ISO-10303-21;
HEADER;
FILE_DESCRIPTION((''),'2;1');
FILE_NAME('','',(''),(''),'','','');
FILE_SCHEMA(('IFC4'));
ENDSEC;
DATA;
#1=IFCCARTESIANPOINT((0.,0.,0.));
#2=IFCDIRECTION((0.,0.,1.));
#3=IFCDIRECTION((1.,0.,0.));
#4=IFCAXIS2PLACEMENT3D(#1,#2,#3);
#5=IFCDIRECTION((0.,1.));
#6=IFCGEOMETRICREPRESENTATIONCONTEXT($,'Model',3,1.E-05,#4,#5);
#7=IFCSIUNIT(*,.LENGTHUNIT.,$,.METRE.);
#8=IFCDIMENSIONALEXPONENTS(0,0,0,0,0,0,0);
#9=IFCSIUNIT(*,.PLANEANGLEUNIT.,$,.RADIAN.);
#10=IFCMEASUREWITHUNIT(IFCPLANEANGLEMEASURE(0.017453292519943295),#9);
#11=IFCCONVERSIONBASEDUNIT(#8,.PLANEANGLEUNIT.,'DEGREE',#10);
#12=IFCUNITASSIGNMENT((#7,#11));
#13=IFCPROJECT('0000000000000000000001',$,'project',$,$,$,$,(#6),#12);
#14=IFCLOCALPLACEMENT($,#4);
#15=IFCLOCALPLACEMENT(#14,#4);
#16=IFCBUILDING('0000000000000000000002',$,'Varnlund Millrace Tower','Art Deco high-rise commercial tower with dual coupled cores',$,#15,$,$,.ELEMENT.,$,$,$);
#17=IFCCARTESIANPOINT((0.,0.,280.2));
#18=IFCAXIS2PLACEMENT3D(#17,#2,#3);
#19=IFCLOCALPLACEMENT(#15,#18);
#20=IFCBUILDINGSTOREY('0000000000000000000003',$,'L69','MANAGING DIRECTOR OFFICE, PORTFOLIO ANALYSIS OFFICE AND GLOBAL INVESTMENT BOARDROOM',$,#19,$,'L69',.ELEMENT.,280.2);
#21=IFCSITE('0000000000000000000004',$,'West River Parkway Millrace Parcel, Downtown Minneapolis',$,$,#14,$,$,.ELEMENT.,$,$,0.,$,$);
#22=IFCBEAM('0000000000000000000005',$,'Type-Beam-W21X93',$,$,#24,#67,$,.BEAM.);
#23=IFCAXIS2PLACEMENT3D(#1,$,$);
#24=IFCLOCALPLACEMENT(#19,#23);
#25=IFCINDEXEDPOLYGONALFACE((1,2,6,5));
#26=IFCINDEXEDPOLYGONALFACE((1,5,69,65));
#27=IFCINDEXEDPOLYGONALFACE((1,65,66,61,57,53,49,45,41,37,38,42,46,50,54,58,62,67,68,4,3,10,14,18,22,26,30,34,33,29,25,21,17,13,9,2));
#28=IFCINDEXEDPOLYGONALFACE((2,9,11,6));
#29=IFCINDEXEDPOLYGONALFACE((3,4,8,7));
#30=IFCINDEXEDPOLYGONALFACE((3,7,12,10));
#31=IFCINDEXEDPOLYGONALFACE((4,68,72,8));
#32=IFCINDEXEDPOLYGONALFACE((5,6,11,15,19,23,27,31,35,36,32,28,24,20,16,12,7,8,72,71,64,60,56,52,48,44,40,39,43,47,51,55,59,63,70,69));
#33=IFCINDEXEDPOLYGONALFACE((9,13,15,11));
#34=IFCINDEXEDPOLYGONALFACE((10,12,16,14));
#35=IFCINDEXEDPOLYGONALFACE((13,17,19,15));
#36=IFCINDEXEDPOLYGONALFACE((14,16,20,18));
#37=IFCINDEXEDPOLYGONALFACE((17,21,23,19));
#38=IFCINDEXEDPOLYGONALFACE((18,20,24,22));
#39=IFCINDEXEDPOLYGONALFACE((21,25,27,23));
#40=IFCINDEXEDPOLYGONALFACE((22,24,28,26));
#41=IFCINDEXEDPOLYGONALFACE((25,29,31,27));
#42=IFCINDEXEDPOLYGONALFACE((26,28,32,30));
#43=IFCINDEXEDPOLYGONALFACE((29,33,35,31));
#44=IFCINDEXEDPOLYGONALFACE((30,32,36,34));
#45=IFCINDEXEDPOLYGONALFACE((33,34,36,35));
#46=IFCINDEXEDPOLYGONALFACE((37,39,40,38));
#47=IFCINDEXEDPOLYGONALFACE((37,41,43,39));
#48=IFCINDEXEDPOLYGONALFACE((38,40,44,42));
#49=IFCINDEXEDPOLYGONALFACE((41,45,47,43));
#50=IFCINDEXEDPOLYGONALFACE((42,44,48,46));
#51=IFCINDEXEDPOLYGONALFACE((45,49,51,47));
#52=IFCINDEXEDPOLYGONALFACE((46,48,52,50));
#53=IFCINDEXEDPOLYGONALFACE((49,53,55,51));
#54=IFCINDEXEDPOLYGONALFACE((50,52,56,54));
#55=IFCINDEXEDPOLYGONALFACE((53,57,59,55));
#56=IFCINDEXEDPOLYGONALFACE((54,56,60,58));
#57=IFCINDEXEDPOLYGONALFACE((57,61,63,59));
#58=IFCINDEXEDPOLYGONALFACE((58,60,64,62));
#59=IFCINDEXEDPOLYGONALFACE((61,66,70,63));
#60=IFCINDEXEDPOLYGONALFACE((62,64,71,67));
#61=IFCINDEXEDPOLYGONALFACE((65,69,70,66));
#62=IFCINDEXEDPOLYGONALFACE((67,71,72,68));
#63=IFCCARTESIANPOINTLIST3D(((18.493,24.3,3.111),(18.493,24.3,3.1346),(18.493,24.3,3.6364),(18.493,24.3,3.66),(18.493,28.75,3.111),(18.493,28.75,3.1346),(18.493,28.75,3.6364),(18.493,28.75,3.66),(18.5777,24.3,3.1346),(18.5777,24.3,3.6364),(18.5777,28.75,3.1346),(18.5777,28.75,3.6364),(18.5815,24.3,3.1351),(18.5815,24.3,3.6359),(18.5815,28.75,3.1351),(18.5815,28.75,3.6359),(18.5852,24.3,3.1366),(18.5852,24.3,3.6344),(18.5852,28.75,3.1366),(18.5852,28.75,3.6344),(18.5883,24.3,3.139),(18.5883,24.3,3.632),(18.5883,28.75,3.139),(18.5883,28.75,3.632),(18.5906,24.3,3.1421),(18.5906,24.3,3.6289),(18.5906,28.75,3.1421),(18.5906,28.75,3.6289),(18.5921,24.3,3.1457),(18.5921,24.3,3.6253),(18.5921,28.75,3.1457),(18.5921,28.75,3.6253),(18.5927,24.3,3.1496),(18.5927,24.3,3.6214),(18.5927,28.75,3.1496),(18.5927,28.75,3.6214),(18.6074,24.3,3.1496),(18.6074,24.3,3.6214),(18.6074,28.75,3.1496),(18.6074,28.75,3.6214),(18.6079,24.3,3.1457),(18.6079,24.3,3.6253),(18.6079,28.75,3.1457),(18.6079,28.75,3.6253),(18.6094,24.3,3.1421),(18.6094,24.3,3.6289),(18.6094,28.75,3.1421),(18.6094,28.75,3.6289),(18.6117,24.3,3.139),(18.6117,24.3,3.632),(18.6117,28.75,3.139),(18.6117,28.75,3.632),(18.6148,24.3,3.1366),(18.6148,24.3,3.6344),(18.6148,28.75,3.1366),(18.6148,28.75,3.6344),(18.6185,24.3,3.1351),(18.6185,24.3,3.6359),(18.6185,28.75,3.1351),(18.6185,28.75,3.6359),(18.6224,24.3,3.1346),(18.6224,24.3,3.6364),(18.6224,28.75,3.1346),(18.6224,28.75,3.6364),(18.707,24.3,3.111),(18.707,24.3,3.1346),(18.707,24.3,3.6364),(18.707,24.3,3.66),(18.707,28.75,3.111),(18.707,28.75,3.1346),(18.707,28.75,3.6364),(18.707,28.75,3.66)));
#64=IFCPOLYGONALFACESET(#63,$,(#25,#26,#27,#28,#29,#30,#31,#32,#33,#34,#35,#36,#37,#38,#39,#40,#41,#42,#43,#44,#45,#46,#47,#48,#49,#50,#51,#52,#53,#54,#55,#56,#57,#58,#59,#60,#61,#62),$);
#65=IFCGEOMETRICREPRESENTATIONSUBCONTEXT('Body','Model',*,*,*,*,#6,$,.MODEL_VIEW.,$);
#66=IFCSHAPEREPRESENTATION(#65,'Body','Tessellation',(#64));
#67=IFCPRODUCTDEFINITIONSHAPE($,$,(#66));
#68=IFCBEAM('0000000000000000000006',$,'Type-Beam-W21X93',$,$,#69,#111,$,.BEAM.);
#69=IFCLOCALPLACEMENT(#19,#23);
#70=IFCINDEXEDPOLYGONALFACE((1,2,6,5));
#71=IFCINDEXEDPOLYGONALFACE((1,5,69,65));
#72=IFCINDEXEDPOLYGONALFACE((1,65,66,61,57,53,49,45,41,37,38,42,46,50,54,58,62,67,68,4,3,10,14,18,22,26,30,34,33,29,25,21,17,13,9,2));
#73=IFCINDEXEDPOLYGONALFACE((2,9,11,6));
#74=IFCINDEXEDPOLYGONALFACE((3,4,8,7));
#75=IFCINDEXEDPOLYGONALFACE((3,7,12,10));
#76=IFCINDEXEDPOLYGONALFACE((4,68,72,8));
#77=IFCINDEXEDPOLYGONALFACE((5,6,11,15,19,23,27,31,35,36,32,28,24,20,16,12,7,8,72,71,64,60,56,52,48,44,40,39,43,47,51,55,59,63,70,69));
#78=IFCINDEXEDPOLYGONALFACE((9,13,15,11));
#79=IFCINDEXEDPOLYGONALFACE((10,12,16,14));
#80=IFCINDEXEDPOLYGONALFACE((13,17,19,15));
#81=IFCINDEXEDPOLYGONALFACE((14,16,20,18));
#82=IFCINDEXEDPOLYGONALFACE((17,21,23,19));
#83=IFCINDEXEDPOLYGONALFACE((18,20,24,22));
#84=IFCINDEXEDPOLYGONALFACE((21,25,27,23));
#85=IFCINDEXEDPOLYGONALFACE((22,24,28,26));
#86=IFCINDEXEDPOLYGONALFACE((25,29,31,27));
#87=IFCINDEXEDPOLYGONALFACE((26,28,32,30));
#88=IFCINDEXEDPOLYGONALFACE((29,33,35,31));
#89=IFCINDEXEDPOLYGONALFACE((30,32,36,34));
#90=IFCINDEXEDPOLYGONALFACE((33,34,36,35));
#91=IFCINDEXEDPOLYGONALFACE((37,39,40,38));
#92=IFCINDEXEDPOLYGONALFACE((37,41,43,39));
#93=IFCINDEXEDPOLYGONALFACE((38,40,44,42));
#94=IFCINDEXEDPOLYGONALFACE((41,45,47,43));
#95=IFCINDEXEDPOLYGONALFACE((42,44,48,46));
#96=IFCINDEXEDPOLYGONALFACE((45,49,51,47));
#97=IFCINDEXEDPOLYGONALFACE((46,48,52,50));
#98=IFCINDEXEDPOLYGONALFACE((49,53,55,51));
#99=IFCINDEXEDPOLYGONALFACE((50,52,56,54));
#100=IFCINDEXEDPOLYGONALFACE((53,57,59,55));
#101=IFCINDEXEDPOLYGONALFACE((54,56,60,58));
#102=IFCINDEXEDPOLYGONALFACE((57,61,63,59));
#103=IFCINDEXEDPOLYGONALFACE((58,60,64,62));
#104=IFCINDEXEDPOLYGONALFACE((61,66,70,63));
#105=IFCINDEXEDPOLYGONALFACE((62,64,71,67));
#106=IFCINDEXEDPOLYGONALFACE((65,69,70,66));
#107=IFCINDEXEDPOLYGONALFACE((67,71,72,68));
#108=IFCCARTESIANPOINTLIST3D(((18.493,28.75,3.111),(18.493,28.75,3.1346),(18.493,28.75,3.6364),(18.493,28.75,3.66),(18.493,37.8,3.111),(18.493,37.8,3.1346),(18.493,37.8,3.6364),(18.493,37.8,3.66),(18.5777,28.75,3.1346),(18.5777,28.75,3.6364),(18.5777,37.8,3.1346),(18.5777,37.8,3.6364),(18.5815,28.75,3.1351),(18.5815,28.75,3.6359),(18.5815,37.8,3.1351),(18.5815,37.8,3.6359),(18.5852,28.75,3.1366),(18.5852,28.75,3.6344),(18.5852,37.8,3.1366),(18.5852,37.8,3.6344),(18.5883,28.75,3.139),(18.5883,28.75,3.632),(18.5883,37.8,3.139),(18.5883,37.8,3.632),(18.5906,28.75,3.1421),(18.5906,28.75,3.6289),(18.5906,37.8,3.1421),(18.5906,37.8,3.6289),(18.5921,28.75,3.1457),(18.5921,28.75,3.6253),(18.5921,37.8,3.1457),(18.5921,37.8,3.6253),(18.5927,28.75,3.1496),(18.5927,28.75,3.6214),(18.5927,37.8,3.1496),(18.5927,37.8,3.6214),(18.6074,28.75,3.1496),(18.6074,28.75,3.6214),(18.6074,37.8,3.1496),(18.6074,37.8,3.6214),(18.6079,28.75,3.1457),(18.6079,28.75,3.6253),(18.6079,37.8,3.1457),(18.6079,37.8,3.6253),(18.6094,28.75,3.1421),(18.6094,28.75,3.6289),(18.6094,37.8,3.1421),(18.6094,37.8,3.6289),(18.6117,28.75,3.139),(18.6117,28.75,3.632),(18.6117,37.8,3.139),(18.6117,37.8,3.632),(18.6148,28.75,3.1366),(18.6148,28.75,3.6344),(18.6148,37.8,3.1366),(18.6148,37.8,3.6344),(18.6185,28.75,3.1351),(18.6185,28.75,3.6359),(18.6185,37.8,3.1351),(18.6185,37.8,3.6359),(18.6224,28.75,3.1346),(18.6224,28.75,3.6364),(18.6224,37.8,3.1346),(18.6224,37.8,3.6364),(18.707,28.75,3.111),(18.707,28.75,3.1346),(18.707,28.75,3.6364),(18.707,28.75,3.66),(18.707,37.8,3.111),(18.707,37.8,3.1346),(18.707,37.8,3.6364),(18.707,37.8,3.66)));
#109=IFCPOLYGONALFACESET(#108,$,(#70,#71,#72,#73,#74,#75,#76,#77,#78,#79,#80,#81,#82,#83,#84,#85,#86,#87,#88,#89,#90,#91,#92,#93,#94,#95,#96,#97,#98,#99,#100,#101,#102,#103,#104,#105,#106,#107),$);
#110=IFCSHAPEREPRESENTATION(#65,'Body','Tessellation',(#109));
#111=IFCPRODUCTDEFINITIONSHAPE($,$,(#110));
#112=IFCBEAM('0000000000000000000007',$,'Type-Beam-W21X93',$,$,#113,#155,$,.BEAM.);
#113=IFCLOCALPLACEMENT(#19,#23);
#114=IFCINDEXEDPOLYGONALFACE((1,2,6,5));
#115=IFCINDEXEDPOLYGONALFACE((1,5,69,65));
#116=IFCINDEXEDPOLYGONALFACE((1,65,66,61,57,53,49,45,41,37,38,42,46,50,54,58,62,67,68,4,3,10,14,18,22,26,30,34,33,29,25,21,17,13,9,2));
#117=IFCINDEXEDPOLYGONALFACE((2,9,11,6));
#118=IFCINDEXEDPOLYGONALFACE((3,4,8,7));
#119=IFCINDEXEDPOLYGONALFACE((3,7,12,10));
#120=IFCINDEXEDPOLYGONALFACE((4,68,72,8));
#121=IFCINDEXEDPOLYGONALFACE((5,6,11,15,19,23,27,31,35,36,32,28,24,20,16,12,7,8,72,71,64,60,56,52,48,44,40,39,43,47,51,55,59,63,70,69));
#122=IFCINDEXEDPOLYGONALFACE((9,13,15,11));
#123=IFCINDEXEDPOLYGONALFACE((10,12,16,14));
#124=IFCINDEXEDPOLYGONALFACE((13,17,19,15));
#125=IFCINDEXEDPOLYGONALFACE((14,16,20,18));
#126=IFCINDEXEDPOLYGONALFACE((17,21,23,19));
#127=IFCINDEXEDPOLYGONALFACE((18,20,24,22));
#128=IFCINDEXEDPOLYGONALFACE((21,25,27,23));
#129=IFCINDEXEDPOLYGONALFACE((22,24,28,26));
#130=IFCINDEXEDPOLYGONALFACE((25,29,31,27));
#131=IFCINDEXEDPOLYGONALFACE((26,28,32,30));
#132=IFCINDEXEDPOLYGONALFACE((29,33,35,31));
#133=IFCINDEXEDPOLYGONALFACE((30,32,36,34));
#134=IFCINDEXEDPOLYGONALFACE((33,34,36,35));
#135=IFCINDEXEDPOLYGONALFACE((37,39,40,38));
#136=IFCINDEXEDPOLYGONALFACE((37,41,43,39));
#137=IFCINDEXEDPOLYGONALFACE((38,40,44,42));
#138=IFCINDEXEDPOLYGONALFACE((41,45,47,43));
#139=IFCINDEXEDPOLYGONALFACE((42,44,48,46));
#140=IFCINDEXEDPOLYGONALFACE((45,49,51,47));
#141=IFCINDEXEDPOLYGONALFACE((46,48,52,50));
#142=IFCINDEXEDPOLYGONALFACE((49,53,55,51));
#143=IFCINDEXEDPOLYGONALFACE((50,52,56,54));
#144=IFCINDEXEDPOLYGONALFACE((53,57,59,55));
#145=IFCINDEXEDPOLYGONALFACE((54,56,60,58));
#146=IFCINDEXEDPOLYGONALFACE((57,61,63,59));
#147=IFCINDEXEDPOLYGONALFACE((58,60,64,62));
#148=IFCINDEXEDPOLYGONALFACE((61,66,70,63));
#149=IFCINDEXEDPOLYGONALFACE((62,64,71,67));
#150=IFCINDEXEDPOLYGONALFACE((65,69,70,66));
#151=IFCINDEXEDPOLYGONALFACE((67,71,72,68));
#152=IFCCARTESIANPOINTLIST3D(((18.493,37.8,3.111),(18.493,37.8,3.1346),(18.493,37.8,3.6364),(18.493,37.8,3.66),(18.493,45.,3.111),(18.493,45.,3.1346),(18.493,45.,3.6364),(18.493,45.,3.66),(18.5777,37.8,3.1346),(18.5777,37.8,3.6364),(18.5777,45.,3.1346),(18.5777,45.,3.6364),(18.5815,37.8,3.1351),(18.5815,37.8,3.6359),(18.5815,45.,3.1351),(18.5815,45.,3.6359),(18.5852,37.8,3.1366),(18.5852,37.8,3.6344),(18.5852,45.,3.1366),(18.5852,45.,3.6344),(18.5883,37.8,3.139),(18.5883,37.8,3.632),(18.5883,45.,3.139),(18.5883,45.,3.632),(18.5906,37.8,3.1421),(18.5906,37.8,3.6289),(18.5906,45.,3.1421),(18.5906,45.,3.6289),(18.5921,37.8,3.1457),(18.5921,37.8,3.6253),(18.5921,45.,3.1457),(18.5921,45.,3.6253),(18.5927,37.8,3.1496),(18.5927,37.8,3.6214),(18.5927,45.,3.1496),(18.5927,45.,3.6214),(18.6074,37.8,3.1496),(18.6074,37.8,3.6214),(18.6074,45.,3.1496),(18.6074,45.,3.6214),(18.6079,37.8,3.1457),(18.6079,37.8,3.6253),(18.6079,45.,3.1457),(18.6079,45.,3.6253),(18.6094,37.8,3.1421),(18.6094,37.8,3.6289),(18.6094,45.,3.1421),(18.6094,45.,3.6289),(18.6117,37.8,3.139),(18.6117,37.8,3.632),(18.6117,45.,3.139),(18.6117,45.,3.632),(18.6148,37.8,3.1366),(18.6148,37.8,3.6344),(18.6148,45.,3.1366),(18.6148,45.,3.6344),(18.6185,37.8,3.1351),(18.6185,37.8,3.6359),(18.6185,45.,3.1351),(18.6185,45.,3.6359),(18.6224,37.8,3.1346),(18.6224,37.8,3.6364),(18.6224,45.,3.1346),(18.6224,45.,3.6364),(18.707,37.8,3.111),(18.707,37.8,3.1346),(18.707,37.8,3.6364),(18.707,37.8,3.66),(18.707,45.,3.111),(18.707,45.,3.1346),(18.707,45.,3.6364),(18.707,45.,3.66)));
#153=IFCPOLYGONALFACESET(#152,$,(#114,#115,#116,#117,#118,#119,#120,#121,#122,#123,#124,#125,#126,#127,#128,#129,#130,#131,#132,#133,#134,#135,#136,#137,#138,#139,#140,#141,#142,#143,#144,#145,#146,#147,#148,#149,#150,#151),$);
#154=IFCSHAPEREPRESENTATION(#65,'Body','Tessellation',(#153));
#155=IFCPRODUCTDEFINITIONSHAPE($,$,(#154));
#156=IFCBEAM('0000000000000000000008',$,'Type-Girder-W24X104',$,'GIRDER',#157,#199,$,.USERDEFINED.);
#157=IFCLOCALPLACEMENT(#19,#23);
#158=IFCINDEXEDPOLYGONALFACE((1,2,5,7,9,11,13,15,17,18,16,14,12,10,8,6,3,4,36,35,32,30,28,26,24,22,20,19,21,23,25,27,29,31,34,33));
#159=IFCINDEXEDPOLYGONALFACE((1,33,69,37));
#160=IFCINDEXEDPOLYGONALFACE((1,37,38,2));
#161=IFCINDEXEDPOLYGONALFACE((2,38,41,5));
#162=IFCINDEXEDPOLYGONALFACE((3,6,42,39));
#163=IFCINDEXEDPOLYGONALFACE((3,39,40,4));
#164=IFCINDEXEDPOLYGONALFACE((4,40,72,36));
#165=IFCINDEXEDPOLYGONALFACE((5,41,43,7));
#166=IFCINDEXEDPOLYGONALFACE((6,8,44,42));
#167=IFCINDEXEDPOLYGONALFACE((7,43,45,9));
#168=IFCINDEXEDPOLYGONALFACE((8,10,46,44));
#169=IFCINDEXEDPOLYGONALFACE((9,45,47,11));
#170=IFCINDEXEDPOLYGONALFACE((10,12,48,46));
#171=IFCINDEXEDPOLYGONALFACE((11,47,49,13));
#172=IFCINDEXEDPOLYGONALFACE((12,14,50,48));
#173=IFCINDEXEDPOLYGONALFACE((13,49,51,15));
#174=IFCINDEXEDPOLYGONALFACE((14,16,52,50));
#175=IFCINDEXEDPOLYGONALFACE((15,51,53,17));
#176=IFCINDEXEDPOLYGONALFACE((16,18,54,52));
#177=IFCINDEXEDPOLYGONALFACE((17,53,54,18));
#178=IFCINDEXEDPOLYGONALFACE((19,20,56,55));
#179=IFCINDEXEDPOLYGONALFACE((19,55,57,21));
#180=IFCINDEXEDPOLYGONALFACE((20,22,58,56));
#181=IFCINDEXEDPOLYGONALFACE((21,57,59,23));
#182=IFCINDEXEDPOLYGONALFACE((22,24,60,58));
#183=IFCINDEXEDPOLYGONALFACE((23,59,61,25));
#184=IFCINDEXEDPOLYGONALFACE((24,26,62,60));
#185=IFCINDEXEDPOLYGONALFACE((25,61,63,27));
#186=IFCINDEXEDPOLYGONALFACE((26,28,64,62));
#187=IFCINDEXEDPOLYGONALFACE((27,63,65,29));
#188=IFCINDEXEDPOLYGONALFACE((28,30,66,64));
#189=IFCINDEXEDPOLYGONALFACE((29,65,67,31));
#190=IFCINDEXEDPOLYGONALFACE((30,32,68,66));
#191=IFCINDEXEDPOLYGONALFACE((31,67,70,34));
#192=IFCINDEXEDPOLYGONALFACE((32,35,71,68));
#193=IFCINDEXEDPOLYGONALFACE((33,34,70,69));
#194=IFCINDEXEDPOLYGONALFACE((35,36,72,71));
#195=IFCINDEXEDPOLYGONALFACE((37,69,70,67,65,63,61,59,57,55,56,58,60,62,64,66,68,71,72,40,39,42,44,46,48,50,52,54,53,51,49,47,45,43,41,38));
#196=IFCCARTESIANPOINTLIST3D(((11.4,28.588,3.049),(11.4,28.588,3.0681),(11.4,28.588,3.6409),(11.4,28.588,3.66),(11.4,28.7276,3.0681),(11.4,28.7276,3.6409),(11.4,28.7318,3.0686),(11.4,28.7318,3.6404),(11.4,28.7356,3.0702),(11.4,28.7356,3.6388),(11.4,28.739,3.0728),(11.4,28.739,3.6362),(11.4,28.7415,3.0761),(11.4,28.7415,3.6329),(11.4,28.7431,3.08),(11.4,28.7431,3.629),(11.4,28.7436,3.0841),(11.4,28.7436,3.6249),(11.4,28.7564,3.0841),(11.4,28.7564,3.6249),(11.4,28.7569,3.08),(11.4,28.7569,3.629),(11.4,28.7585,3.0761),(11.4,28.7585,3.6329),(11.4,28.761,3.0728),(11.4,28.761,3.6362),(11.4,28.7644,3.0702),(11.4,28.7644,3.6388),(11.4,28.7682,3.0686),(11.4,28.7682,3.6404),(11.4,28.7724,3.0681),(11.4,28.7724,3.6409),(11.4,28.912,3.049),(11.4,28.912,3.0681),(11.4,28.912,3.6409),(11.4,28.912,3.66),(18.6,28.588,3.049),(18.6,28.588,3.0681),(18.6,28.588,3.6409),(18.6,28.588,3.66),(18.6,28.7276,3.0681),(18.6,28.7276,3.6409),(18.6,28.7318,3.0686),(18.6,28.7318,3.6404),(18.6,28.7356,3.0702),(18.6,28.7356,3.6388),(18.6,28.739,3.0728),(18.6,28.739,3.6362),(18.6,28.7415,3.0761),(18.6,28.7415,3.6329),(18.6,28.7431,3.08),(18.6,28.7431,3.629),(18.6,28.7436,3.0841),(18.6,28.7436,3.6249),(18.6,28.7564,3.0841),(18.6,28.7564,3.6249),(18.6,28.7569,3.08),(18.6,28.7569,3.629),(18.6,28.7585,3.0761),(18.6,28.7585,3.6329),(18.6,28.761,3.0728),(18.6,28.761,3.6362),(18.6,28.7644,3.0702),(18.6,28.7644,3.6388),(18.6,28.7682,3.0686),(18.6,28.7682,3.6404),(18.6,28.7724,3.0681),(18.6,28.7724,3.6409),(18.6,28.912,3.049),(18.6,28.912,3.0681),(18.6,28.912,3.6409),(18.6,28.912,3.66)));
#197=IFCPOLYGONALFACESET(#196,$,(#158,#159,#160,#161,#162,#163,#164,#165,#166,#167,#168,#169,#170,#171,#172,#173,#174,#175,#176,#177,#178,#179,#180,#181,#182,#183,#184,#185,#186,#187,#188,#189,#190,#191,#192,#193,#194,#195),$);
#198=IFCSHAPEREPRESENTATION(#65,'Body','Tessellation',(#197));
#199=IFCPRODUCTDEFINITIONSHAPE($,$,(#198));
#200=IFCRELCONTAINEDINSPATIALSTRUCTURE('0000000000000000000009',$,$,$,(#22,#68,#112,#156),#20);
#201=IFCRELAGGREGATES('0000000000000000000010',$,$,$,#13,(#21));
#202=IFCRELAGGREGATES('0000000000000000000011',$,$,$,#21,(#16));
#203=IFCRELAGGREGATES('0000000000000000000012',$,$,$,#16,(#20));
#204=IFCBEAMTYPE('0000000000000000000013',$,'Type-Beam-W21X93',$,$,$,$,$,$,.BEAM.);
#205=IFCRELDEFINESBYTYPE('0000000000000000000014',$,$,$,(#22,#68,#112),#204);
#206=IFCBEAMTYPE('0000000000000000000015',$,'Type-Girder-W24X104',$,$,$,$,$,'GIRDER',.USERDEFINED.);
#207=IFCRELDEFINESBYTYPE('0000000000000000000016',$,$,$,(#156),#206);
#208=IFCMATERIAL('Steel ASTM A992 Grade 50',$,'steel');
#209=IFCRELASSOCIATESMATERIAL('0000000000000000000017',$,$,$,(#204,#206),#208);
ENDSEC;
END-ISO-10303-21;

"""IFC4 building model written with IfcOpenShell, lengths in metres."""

from ifc_helpers import new_model, entity, si_unit, converted_unit, direction, frame, origin_with_axes, origin_2d_with_axis, place, context, subcontext, project, spatial, i_section, extrude, material, material_profile, profile_set, type_object, element, save


model = new_model("IFC4")

# Units and contexts
model_context = context("Model", 3, precision=1e-05, world=origin_with_axes(), true_north=direction((0.0, 1.0)))
body_context = subcontext(model_context, "Body", "Model", "MODEL_VIEW")
ifc_project = project(units=[si_unit("LENGTHUNIT", "METRE"), converted_unit("PLANEANGLEUNIT", "DEGREE", entity("IfcPlaneAngleMeasure", 0.017453292519943295), si_unit("PLANEANGLEUNIT", "RADIAN"), dimensions=[0, 0, 0, 0, 0, 0, 0])], contexts=[model_context])

# Site, building, storey
site_placement = place(None, origin_with_axes())
site = spatial("IfcSite", under=ifc_project, at=site_placement, Name="West River Parkway Millrace Parcel, Downtown Minneapolis", CompositionType="ELEMENT", RefElevation=0.0)
building_placement = place(site_placement, origin_with_axes())
building = spatial("IfcBuilding", under=site, at=building_placement, Name="Varnlund Millrace Tower", Description="Art Deco high-rise commercial tower with dual coupled cores", CompositionType="ELEMENT")
storey_placement = place(building_placement, frame((0.0, 0.0, 280.2), z_axis=(0.0, 0.0, 1.0), x_axis=(1.0, 0.0, 0.0)))
storey = spatial("IfcBuildingStorey", under=building, at=storey_placement, Name="L69", Description="MANAGING DIRECTOR OFFICE, PORTFOLIO ANALYSIS OFFICE AND GLOBAL INVESTMENT BOARDROOM", LongName="L69", CompositionType="ELEMENT", Elevation=280.2)

# Beams
ifc_material_1 = material(Name="Steel ASTM A992 Grade 50", Category="steel")
ifc_material_profile_1 = material_profile(ifc_material_1, i_section(OverallWidth=0.214, OverallDepth=0.549, WebThickness=0.0147, FlangeThickness=0.0236, FilletRadius=0.015, at=origin_2d_with_axis()), Name="Steel ASTM A992 Grade 50")
ifc_profile_set_1 = profile_set([ifc_material_profile_1], Name="Steel ASTM A992 Grade 50")
beam_type_1 = type_object("IfcBeamType", Name="Type-Beam-W21X93", PredefinedType="BEAM", material=ifc_profile_set_1)
beam_1_placement = place(storey_placement, frame((18.6, 24.3, 3.3855), z_axis=(0.0, 1.0, 0.0), x_axis=(-1.0, 0.0, 0.0)))
element("IfcBeam", 1, at=beam_1_placement, inside=storey, type_object=beam_type_1, Name="Type-Beam-W21X93", PredefinedType="BEAM", context=body_context, shape_type="SweptSolid", body=[
    extrude(i_section(OverallWidth=0.214, OverallDepth=0.549, WebThickness=0.0147, FlangeThickness=0.0236, FilletRadius=0.015, at=origin_2d_with_axis()), origin_with_axes(), (0.0, 0.0, 1.0), 4.45),
])
beam_2_placement = place(storey_placement, frame((18.6, 28.75, 3.3855), z_axis=(0.0, 1.0, 0.0), x_axis=(-1.0, 0.0, 0.0)))
element("IfcBeam", 2, at=beam_2_placement, inside=storey, type_object=beam_type_1, Name="Type-Beam-W21X93", PredefinedType="BEAM", context=body_context, shape_type="SweptSolid", body=[
    extrude(i_section(OverallWidth=0.214, OverallDepth=0.549, WebThickness=0.0147, FlangeThickness=0.0236, FilletRadius=0.015, at=origin_2d_with_axis()), origin_with_axes(), (0.0, 0.0, 1.0), 9.05),
])
beam_3_placement = place(storey_placement, frame((18.6, 37.8, 3.3855), z_axis=(0.0, 1.0, 0.0), x_axis=(-1.0, 0.0, 0.0)))
element("IfcBeam", 3, at=beam_3_placement, inside=storey, type_object=beam_type_1, Name="Type-Beam-W21X93", PredefinedType="BEAM", context=body_context, shape_type="SweptSolid", body=[
    extrude(i_section(OverallWidth=0.214, OverallDepth=0.549, WebThickness=0.0147, FlangeThickness=0.0236, FilletRadius=0.015, at=origin_2d_with_axis()), origin_with_axes(), (0.0, 0.0, 1.0), 7.2),
])
ifc_material_profile_2 = material_profile(ifc_material_1, i_section(OverallWidth=0.324, OverallDepth=0.611, WebThickness=0.0127, FlangeThickness=0.0191, FilletRadius=0.016, at=origin_2d_with_axis()), Name="Steel ASTM A992 Grade 50")
ifc_profile_set_2 = profile_set([ifc_material_profile_2], Name="Steel ASTM A992 Grade 50")
beam_type_2 = type_object("IfcBeamType", Name="Type-Girder-W24X104", ElementType="GIRDER", PredefinedType="USERDEFINED", material=ifc_profile_set_2)
for number, where, z_axis, x_axis, name in (
    (4, (11.4, 28.75, 3.3545), (1.0, 0.0, 0.0), (0.0, 1.0, 0.0), "Type-Girder-W24X104"),
):
    element("IfcBeam", number, at=place(storey_placement, frame(where, z_axis=z_axis, x_axis=x_axis)), inside=storey, type_object=beam_type_2, Name=name, ObjectType="GIRDER", PredefinedType="USERDEFINED", context=body_context, shape_type="SweptSolid", body=[
        extrude(i_section(OverallWidth=0.324, OverallDepth=0.611, WebThickness=0.0127, FlangeThickness=0.0191, FilletRadius=0.016, at=origin_2d_with_axis()), origin_with_axes(), (0.0, 0.0, 1.0), 7.2),
    ])

save(model, "model.ifc")
